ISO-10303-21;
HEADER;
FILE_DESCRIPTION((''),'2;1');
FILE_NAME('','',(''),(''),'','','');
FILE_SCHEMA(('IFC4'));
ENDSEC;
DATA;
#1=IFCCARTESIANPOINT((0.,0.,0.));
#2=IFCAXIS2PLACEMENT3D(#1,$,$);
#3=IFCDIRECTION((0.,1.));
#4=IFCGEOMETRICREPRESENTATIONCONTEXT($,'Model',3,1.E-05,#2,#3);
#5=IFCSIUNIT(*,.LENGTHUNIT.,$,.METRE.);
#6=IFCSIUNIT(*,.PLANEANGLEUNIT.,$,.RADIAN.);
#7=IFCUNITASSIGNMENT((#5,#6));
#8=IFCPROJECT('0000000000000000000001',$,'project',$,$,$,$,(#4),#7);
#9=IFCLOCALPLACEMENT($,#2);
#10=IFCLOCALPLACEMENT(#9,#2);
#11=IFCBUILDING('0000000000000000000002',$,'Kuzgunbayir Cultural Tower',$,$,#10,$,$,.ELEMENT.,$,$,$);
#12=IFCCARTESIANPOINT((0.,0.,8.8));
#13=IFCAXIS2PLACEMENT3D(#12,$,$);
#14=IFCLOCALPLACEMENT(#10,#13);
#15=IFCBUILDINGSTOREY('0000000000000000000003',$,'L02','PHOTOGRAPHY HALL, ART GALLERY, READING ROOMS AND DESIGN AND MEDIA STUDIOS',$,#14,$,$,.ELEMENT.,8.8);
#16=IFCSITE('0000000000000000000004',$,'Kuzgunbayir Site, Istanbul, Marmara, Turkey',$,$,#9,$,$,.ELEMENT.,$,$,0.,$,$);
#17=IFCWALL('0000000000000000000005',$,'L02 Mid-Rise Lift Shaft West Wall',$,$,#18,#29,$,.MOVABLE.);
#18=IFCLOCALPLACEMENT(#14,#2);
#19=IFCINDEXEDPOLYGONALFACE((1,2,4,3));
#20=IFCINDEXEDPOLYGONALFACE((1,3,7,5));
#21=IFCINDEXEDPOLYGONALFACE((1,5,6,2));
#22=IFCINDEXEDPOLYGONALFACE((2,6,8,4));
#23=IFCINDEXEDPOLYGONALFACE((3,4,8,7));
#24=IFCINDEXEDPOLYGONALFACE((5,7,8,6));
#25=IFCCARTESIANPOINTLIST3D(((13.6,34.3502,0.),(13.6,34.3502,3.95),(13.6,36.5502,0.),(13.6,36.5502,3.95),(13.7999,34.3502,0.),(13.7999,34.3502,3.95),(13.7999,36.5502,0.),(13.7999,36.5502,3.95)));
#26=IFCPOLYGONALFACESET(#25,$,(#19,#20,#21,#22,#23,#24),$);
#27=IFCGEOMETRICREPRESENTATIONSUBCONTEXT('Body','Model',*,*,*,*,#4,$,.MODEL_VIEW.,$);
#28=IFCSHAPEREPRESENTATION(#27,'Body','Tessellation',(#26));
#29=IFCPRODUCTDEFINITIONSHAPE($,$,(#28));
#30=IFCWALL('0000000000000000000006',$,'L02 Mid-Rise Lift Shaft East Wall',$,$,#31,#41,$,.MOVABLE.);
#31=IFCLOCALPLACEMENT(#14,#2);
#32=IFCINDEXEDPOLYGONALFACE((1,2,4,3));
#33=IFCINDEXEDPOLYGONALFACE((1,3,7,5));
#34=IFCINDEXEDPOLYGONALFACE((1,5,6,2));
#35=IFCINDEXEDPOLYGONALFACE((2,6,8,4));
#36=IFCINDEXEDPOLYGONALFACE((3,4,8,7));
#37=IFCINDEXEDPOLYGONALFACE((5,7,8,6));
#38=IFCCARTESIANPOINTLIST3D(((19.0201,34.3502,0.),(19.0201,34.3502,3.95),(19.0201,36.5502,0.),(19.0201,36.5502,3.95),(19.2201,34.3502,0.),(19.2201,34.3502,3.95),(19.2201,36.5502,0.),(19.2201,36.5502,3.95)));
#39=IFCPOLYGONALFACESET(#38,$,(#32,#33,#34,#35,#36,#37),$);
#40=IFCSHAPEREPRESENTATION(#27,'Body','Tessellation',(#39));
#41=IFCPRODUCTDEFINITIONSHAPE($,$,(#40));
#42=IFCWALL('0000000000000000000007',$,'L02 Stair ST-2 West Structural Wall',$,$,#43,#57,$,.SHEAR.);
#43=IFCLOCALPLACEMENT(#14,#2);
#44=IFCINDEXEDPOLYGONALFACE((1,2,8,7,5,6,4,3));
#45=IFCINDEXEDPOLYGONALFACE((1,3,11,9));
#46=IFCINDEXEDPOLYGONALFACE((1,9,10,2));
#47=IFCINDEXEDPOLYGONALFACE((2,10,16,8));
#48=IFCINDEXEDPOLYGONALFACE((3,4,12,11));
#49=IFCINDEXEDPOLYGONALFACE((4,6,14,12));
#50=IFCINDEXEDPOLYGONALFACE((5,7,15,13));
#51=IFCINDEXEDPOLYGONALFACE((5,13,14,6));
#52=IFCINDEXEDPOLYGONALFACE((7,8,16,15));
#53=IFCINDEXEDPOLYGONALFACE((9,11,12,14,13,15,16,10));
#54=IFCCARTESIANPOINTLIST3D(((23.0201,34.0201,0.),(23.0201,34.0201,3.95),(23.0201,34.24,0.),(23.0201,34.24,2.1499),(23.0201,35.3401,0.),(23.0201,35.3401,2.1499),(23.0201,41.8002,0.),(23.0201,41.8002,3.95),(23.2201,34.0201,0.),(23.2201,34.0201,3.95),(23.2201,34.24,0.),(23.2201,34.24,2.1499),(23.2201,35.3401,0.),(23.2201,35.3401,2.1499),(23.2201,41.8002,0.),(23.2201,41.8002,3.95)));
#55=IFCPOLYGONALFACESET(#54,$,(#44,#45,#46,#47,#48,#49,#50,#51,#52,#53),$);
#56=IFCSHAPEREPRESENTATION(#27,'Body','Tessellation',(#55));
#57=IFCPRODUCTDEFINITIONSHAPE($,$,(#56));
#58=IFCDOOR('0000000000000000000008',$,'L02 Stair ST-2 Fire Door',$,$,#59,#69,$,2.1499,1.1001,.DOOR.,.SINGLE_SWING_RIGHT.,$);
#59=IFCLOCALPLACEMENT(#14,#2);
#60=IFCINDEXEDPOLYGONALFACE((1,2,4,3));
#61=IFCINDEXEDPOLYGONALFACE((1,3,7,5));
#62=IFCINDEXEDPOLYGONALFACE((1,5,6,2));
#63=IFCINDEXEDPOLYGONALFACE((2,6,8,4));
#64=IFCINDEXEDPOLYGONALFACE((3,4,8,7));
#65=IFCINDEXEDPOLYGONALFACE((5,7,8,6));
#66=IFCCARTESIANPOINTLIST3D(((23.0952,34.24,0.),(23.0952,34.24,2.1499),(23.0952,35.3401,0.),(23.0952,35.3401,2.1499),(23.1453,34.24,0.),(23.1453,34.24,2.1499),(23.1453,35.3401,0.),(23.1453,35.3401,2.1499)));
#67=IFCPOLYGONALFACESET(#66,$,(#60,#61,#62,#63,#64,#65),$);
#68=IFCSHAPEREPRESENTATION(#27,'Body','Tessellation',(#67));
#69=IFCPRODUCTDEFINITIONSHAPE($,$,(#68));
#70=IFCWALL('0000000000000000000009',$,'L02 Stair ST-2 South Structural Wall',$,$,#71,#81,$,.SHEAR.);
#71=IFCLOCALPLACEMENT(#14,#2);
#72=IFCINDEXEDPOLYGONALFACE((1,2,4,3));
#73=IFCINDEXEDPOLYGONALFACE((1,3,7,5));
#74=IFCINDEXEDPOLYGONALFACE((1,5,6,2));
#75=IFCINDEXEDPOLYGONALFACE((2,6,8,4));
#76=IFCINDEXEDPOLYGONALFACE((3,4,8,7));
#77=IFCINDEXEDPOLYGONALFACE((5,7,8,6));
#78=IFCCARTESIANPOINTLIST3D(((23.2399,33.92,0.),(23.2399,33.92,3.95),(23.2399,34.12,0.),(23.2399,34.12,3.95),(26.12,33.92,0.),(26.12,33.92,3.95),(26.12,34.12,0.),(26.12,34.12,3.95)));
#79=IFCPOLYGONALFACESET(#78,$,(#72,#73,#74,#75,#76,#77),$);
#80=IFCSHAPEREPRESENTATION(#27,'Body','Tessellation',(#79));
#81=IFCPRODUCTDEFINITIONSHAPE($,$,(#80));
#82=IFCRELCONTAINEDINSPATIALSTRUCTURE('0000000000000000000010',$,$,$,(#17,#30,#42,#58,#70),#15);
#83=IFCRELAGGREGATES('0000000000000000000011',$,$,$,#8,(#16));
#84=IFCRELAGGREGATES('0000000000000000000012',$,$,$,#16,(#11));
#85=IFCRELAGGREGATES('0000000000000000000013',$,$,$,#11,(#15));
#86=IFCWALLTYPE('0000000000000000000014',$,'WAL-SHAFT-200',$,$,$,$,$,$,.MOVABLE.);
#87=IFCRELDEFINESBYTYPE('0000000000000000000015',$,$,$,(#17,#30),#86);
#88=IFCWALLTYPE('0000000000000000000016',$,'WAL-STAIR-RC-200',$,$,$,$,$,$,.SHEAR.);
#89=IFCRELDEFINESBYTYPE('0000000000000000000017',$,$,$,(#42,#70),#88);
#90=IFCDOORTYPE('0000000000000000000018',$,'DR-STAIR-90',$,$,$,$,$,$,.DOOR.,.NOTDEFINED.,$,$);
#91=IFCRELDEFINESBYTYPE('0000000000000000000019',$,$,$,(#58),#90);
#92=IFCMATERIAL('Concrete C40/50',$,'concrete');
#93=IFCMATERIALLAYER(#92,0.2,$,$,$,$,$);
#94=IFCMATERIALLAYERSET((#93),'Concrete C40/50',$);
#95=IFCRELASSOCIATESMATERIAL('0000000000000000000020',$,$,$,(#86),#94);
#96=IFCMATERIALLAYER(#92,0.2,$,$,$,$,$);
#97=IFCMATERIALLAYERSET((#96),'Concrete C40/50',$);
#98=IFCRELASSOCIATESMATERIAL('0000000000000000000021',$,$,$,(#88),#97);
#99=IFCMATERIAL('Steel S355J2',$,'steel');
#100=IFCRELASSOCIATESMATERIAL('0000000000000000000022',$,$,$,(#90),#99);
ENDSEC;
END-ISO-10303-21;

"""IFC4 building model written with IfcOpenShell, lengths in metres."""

from ifc_helpers import new_model, si_unit, direction, frame, frame_2d, origin, place, context, subcontext, project, spatial, rectangle, extrude, material, layer, layer_set, type_object, element, fill, save


model = new_model("IFC4")

# Units and contexts
model_context = context("Model", 3, precision=1e-05, world=origin(), true_north=direction((0.0, 1.0)))
body_context = subcontext(model_context, "Body", "Model", "MODEL_VIEW")
ifc_project = project(units=[si_unit("LENGTHUNIT", "METRE"), si_unit("PLANEANGLEUNIT", "RADIAN")], contexts=[model_context])

# Site, building, storey
site_placement = place(None, origin())
site = spatial("IfcSite", under=ifc_project, at=site_placement, Name="Kuzgunbayir Site, Istanbul, Marmara, Turkey", CompositionType="ELEMENT", RefElevation=0.0)
building_placement = place(site_placement, origin())
building = spatial("IfcBuilding", under=site, at=building_placement, Name="Kuzgunbayir Cultural Tower", CompositionType="ELEMENT")
storey_placement = place(building_placement, frame((0.0, 0.0, 8.8)))
storey = spatial("IfcBuildingStorey", under=building, at=storey_placement, Name="L02", Description="PHOTOGRAPHY HALL, ART GALLERY, READING ROOMS AND DESIGN AND MEDIA STUDIOS", CompositionType="ELEMENT", Elevation=8.8)

# Shared definitions
ifc_material_1 = material(Name="Steel S355J2", Category="steel")

# Shared definitions
ifc_material_2 = material(Name="Concrete C40/50", Category="concrete")
ifc_layer_1 = layer(ifc_material_2, 0.2)
ifc_layer_set_1 = layer_set([ifc_layer_1], Name="Concrete C40/50")
wall_type_1 = type_object("IfcWallType", Name="WAL-SHAFT-200", PredefinedType="MOVABLE", material=ifc_layer_set_1)

# Walls
for number, where, z_axis, x_axis, name in (
    (1, (13.7, 34.3501, 0.0), (0.0, 0.0, 1.0), (0.0, 1.0, 0.0), "L02 Mid-Rise Lift Shaft West Wall"),
    (2, (19.1201, 34.3501, 0.0), (0.0, 0.0, 1.0), (0.0, 1.0, 0.0), "L02 Mid-Rise Lift Shaft East Wall"),
):
    element("IfcWall", number, at=place(storey_placement, frame(where, z_axis=z_axis, x_axis=x_axis)), inside=storey, type_object=wall_type_1, Name=name, PredefinedType="MOVABLE", context=body_context, shape_type="SweptSolid", body=[
        extrude(rectangle(XDim=2.2, YDim=0.2, at=frame_2d((1.1001, 0.0))), origin(), (0.0, 0.0, 1.0), 3.95),
    ])

# Wall, opening, door
ifc_layer_2 = layer(ifc_material_2, 0.2)
ifc_layer_set_2 = layer_set([ifc_layer_2], Name="Concrete C40/50")
wall_type_2 = type_object("IfcWallType", Name="WAL-STAIR-RC-200", PredefinedType="SHEAR", material=ifc_layer_set_2)
wall_1_placement = place(storey_placement, frame((23.1201, 34.02, 0.0), z_axis=(0.0, 0.0, 1.0), x_axis=(0.0, 1.0, 0.0)))
wall_1 = element("IfcWall", 3, at=wall_1_placement, inside=storey, type_object=wall_type_2, Name="L02 Stair ST-2 West Structural Wall", PredefinedType="SHEAR", context=body_context, shape_type="SweptSolid", body=[
    extrude(rectangle(XDim=7.78, YDim=0.2, at=frame_2d((3.8901, 0.0))), origin(), (0.0, 0.0, 1.0), 3.95),
])
opening_1_placement = place(wall_1_placement, frame((0.22, 0.0, 0.0)))
opening_1 = element("IfcOpeningElement", 4, at=opening_1_placement, cuts=wall_1, PredefinedType="OPENING", context=body_context, shape_type="SweptSolid", body=[
    extrude(rectangle(XDim=1.1001, YDim=2.1499, at=frame_2d((0.55, 1.075))), frame((0.0, 0.1099, 0.0), z_axis=(0.0, -1.0, 0.0), x_axis=(1.0, 0.0, 0.0)), (0.0, 0.0, 1.0), 0.22),
])
door_type_1 = type_object("IfcDoorType", Name="DR-STAIR-90", OperationType="NOTDEFINED", PredefinedType="DOOR", material=ifc_material_1)
door_1_placement = place(opening_1_placement, origin())
door_1 = element("IfcDoor", 5, at=door_1_placement, inside=storey, type_object=door_type_1, Name="L02 Stair ST-2 Fire Door", OperationType="SINGLE_SWING_RIGHT", OverallHeight=2.1499, OverallWidth=1.1001, PredefinedType="DOOR", context=body_context, shape_type="SweptSolid", body=[
    extrude(rectangle(XDim=1.1001, YDim=2.1499, at=frame_2d((0.55, 1.075))), frame((0.0, 0.0249, 0.0), z_axis=(0.0, -1.0, 0.0), x_axis=(1.0, 0.0, 0.0)), (0.0, 0.0, 1.0), 0.05),
])
fill(opening_1, door_1)

# Wall
wall_2_placement = place(storey_placement, frame((23.24, 34.02, 0.0), z_axis=(0.0, 0.0, 1.0), x_axis=(1.0, 0.0, 0.0)))
element("IfcWall", 6, at=wall_2_placement, inside=storey, type_object=wall_type_2, Name="L02 Stair ST-2 South Structural Wall", PredefinedType="SHEAR", context=body_context, shape_type="SweptSolid", body=[
    extrude(rectangle(XDim=2.8801, YDim=0.2, at=frame_2d((1.4399, 0.0))), origin(), (0.0, 0.0, 1.0), 3.95),
])

save(model, "model.ifc")
